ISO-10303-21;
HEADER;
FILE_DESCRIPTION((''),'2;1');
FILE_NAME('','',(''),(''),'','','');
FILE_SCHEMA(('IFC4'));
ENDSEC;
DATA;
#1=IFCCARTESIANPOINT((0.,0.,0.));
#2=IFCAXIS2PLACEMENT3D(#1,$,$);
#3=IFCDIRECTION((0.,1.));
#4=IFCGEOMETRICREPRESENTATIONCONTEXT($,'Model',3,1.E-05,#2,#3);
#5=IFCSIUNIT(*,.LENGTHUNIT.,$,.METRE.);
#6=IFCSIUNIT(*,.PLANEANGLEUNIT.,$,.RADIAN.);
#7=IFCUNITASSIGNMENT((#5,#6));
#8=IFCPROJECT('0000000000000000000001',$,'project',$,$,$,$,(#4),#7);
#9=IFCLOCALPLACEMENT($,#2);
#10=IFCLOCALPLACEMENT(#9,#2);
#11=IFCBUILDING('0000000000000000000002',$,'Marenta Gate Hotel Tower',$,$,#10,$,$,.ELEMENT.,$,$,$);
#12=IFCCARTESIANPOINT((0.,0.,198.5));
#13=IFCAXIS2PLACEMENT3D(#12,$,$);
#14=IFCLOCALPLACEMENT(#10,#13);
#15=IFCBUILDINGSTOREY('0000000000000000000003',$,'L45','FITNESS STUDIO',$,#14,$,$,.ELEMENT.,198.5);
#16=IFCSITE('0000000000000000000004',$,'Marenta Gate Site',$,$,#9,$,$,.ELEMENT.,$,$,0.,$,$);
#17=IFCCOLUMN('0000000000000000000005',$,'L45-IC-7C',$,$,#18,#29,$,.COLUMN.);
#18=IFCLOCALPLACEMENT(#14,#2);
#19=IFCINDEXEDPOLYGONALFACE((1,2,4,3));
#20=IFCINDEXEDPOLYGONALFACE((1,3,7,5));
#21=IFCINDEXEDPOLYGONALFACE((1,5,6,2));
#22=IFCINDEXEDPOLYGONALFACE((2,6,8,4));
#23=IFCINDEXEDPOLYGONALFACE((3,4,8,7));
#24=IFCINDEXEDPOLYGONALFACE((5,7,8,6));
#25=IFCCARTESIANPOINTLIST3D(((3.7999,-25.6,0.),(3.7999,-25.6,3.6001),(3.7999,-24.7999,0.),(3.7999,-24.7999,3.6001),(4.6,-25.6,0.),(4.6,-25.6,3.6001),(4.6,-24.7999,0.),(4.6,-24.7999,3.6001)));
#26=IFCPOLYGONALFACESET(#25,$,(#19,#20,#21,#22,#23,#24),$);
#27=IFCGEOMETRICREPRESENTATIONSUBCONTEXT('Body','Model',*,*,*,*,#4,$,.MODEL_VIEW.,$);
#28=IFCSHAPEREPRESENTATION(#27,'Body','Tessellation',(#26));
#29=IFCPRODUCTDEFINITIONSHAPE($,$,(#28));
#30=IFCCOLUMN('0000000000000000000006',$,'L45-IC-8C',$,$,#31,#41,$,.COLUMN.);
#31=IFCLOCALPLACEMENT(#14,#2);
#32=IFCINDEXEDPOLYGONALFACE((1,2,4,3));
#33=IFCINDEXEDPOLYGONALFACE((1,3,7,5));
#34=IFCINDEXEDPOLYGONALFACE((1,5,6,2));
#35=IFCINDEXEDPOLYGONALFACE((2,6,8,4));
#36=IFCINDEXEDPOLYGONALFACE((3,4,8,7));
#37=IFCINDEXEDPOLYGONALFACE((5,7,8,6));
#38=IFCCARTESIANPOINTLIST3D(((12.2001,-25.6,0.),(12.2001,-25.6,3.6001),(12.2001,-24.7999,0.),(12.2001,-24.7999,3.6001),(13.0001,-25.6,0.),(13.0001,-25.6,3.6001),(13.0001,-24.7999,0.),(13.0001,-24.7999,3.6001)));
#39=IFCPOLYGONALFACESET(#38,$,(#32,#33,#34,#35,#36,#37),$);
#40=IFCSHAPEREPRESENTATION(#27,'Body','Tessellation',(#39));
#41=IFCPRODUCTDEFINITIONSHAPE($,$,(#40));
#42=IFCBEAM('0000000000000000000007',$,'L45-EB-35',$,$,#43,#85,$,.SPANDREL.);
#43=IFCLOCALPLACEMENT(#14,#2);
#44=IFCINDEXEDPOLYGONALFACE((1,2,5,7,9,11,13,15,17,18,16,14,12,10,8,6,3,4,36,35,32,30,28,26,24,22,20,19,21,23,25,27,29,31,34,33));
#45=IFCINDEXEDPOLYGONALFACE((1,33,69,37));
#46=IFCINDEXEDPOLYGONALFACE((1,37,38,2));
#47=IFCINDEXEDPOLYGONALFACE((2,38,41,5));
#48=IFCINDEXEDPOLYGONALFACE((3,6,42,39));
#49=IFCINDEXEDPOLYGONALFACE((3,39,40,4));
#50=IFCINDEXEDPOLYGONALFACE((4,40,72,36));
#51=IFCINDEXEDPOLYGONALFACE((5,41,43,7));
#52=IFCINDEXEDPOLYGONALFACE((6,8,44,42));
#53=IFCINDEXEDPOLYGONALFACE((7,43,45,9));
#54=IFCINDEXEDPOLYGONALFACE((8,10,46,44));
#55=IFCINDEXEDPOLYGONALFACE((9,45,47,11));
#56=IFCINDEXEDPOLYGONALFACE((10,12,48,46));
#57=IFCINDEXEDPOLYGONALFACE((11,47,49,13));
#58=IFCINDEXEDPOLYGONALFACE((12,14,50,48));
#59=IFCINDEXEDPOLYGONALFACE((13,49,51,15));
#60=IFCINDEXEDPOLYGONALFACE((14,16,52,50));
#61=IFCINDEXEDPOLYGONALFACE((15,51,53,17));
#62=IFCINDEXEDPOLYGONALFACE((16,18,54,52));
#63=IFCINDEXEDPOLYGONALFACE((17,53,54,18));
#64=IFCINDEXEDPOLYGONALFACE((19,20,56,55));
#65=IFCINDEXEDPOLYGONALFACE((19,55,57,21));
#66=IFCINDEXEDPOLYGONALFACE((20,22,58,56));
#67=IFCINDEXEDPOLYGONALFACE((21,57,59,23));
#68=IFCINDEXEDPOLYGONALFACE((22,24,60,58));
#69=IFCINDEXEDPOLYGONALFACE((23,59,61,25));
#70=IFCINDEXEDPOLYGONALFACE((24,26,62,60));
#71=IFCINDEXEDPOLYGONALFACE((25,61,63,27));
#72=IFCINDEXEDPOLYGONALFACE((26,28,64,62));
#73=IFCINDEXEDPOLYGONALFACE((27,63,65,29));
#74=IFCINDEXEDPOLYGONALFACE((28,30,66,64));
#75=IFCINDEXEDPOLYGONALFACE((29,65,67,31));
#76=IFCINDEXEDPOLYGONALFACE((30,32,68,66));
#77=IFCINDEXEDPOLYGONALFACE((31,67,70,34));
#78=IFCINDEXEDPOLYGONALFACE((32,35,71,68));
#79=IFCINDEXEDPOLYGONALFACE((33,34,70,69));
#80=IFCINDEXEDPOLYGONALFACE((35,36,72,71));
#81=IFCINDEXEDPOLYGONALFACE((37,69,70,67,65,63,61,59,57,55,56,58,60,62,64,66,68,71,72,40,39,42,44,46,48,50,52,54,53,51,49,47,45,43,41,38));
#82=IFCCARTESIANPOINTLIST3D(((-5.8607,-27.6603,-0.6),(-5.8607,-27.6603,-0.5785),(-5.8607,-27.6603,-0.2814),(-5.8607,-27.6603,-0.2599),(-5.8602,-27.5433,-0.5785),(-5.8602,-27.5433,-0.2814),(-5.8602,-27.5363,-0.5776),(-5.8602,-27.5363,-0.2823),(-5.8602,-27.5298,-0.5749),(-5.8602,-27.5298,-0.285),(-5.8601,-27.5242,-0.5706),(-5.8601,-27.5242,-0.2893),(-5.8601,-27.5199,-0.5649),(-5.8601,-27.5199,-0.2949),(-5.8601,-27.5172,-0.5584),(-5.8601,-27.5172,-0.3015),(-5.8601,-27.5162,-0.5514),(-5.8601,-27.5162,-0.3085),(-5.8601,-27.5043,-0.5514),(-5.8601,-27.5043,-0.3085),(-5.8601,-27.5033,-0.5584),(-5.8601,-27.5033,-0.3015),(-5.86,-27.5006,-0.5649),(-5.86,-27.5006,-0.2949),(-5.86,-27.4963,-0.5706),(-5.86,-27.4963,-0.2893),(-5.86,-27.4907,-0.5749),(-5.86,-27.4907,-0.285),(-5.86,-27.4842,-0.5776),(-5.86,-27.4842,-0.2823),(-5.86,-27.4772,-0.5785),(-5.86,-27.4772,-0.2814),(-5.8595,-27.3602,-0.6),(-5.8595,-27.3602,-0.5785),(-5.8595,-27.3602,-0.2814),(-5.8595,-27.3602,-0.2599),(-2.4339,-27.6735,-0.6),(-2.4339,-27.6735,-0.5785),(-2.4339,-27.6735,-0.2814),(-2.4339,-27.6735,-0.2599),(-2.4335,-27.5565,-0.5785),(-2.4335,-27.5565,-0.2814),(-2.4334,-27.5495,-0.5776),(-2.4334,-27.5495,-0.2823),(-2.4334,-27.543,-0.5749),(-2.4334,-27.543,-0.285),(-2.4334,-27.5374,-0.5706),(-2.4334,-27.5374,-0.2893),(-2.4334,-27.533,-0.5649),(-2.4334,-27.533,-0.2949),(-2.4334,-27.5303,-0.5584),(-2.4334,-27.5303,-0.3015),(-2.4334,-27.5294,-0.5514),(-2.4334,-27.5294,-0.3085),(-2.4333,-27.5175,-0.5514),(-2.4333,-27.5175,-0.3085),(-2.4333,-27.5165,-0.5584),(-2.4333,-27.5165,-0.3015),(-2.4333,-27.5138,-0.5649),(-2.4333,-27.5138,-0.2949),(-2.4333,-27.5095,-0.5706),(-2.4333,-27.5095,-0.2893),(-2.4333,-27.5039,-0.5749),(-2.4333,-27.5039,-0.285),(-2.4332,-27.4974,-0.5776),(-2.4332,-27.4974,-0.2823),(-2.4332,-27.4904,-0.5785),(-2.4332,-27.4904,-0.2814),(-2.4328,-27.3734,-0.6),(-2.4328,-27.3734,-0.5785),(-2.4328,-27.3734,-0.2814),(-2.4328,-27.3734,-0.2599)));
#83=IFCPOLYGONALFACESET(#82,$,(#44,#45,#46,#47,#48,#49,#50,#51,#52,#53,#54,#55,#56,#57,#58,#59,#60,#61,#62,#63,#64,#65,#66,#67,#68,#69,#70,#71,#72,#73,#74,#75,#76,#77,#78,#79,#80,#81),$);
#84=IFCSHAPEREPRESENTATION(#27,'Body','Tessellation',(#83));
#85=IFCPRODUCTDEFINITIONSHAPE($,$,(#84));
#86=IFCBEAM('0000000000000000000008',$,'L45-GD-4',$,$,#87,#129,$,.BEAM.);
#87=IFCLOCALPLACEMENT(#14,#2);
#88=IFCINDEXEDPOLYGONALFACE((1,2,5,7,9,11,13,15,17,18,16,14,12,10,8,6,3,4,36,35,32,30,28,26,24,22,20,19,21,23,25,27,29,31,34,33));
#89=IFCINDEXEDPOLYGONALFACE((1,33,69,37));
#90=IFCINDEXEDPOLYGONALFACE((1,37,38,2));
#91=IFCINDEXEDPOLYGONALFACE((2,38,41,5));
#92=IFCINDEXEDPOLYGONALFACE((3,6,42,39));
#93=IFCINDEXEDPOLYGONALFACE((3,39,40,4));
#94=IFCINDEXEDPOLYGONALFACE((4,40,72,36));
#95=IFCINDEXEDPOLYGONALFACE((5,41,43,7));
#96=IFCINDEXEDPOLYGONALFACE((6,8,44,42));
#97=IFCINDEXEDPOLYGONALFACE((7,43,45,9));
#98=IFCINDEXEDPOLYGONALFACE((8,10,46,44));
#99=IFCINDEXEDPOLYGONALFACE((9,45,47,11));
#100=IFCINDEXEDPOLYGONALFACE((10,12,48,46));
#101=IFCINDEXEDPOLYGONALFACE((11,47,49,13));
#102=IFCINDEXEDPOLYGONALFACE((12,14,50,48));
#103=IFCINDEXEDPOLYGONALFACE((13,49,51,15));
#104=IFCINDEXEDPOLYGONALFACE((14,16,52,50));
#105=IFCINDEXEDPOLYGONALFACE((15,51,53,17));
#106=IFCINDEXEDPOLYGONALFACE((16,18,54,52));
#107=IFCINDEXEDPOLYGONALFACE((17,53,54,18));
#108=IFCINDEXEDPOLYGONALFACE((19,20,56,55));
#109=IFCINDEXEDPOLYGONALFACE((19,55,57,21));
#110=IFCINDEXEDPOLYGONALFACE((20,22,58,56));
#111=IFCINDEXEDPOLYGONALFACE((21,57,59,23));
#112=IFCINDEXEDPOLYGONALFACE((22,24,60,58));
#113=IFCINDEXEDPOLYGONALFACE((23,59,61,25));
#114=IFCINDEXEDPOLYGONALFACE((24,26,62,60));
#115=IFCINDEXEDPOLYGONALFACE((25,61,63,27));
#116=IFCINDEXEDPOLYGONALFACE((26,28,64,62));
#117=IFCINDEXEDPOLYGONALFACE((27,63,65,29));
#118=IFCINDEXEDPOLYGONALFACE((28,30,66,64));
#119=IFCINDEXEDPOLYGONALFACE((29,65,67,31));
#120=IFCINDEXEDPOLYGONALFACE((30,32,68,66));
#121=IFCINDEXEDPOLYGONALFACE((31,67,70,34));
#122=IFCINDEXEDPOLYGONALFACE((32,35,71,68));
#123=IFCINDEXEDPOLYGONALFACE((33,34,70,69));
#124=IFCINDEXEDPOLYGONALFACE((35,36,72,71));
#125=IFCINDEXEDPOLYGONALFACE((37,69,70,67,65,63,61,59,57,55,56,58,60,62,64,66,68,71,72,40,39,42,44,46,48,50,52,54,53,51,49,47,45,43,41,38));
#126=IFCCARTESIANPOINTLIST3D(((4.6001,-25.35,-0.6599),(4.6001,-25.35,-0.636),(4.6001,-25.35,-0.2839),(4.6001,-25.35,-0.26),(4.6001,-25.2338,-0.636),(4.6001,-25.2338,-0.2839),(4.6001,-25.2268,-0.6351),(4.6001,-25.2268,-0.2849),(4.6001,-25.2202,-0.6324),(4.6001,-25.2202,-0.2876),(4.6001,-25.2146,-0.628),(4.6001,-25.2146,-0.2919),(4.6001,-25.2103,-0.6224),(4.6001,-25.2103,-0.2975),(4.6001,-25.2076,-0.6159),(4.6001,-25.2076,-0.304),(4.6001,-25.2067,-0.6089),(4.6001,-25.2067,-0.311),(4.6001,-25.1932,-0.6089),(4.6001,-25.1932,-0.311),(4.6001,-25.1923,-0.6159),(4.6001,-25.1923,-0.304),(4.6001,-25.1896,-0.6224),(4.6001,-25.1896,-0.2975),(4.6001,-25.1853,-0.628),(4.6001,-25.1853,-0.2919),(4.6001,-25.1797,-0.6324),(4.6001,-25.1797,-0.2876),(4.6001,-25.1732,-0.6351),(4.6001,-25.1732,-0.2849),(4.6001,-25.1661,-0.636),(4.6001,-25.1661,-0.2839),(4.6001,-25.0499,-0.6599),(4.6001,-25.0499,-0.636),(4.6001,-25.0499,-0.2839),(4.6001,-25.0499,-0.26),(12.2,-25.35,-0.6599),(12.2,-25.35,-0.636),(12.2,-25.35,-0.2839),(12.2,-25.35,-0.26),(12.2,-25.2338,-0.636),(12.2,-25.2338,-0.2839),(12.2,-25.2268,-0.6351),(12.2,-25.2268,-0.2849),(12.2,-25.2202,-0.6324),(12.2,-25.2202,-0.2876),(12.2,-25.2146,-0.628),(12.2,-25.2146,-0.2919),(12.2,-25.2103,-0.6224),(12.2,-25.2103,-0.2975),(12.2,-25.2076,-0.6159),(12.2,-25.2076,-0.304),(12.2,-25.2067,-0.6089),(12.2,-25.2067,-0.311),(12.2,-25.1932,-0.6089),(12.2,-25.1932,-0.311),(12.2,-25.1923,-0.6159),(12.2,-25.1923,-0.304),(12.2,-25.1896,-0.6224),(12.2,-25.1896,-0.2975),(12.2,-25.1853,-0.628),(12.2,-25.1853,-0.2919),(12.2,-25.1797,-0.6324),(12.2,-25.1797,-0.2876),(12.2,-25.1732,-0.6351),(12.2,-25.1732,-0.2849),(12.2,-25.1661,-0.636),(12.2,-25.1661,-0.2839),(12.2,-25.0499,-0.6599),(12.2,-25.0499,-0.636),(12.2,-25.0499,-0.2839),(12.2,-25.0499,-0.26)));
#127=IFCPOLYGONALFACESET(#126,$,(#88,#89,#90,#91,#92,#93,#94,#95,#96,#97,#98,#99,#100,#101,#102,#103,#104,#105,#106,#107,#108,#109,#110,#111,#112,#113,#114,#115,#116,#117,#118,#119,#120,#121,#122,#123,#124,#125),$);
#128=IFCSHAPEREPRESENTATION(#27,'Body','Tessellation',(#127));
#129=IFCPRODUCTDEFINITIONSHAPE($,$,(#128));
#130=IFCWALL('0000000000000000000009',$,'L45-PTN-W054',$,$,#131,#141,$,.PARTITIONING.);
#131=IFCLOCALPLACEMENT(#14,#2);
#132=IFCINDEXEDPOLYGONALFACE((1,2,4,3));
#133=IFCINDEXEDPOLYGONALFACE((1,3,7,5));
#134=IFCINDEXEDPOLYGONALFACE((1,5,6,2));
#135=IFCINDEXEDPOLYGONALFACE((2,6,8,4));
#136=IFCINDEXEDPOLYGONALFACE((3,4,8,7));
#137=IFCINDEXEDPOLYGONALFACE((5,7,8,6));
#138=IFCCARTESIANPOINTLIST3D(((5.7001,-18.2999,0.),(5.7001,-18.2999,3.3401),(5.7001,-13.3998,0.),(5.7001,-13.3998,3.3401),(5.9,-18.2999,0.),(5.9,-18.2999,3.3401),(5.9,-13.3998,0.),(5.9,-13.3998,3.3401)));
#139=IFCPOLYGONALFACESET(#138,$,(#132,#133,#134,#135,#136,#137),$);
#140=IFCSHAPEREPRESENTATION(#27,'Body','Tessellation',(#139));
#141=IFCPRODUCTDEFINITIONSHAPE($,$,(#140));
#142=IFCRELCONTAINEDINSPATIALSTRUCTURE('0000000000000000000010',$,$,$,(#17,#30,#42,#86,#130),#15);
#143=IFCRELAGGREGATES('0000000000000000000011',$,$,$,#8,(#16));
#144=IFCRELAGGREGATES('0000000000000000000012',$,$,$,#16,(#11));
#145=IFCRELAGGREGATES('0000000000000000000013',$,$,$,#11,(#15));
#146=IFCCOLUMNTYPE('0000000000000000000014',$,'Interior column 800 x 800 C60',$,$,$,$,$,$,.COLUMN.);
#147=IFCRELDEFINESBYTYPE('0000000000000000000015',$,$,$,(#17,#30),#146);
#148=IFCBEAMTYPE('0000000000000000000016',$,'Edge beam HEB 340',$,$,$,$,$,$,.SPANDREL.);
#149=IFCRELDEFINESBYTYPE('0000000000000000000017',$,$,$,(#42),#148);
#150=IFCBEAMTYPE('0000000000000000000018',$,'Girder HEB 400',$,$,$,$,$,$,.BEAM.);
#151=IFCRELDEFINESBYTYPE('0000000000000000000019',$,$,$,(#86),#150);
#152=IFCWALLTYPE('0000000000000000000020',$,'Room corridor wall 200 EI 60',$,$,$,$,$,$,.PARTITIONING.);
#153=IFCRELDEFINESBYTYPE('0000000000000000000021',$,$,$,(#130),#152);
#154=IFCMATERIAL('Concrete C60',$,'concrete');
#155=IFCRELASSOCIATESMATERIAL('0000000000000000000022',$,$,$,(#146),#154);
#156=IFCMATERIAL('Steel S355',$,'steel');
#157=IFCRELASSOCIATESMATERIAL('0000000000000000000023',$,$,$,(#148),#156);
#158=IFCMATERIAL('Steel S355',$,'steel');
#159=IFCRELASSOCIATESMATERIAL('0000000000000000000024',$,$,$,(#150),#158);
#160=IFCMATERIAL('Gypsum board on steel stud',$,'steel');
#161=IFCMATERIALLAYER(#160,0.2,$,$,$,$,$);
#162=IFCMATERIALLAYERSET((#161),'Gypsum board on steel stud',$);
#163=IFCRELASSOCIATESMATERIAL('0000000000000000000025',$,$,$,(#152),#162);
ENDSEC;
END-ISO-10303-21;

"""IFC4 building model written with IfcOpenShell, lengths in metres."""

from ifc_helpers import new_model, si_unit, direction, frame, frame_2d, origin, origin_2d, place, context, subcontext, project, spatial, rectangle, i_section, extrude, material, layer, layer_set, material_profile, profile_set, type_object, element, save


model = new_model("IFC4")

# Units and contexts
model_context = context("Model", 3, precision=1e-05, world=origin(), true_north=direction((0.0, 1.0)))
body_context = subcontext(model_context, "Body", "Model", "MODEL_VIEW")
ifc_project = project(units=[si_unit("LENGTHUNIT", "METRE"), si_unit("PLANEANGLEUNIT", "RADIAN")], contexts=[model_context])

# Site, building, storey
site_placement = place(None, origin())
site = spatial("IfcSite", under=ifc_project, at=site_placement, Name="Marenta Gate Site", CompositionType="ELEMENT", RefElevation=0.0)
building_placement = place(site_placement, origin())
building = spatial("IfcBuilding", under=site, at=building_placement, Name="Marenta Gate Hotel Tower", CompositionType="ELEMENT")
storey_placement = place(building_placement, frame((0.0, 0.0, 198.5)))
storey = spatial("IfcBuildingStorey", under=building, at=storey_placement, Name="L45", Description="FITNESS STUDIO", CompositionType="ELEMENT", Elevation=198.5)

# Columns
ifc_material_1 = material(Name="Concrete C60", Category="concrete")
ifc_material_profile_1 = material_profile(ifc_material_1, rectangle(XDim=0.8, YDim=0.8, at=origin_2d()), Name="800 x 800")
ifc_profile_set_1 = profile_set([ifc_material_profile_1], Name="Concrete C60")
column_type = type_object("IfcColumnType", Name="Interior column 800 x 800 C60", PredefinedType="COLUMN", material=ifc_profile_set_1)
for number, where, z_axis, x_axis, name in (
    (1, (4.2, -25.2, 0.0), (0.0, 0.0, 1.0), (1.0, 0.0, 0.0), "L45-IC-7C"),
    (2, (12.6001, -25.2, 0.0), (0.0, 0.0, 1.0), (1.0, 0.0, 0.0), "L45-IC-8C"),
):
    element("IfcColumn", number, at=place(storey_placement, frame(where, z_axis=z_axis, x_axis=x_axis)), inside=storey, type_object=column_type, Name=name, PredefinedType="COLUMN", context=body_context, shape_type="SweptSolid", body=[
        extrude(rectangle(XDim=0.8, YDim=0.8, at=origin_2d()), origin(), (0.0, 0.0, 1.0), 3.6001),
    ])

# Beams
ifc_material_2 = material(Name="Steel S355", Category="steel")
ifc_material_profile_2 = material_profile(ifc_material_2, i_section(OverallWidth=0.3, OverallDepth=0.3401, WebThickness=0.012, FlangeThickness=0.0215, FilletRadius=0.0271, at=origin_2d()), Name="HEB 340")
ifc_profile_set_2 = profile_set([ifc_material_profile_2], Name="Steel S355")
beam_type_1 = type_object("IfcBeamType", Name="Edge beam HEB 340", PredefinedType="SPANDREL", material=ifc_profile_set_2)
beam_1_placement = place(storey_placement, frame((-2.4333, -27.5234, -0.4299), z_axis=(-0.999993, 0.003847, 0.0), x_axis=(-0.003847, -0.999993, 0.0)))
element("IfcBeam", 3, at=beam_1_placement, inside=storey, type_object=beam_type_1, Name="L45-EB-35", PredefinedType="SPANDREL", context=body_context, shape_type="SweptSolid", body=[
    extrude(i_section(OverallWidth=0.3, OverallDepth=0.3401, WebThickness=0.012, FlangeThickness=0.0215, FilletRadius=0.0271, at=origin_2d()), origin(), (0.0, 0.0, 1.0), 3.4268),
])
ifc_material_3 = material(Name="Steel S355", Category="steel")
ifc_material_profile_3 = material_profile(ifc_material_3, i_section(OverallWidth=0.3, OverallDepth=0.3999, WebThickness=0.0134, FlangeThickness=0.0239, FilletRadius=0.0271, at=origin_2d()), Name="HEB 400")
ifc_profile_set_3 = profile_set([ifc_material_profile_3], Name="Steel S355")
beam_type_2 = type_object("IfcBeamType", Name="Girder HEB 400", PredefinedType="BEAM", material=ifc_profile_set_3)
beam_2_placement = place(storey_placement, frame((4.6001, -25.2, -0.46), z_axis=(1.0, 0.0, 0.0), x_axis=(0.0, 1.0, 0.0)))
element("IfcBeam", 4, at=beam_2_placement, inside=storey, type_object=beam_type_2, Name="L45-GD-4", PredefinedType="BEAM", context=body_context, shape_type="SweptSolid", body=[
    extrude(i_section(OverallWidth=0.3, OverallDepth=0.3999, WebThickness=0.0134, FlangeThickness=0.0239, FilletRadius=0.0271, at=origin_2d()), origin(), (0.0, 0.0, 1.0), 7.5999),
])

# Shared definitions
ifc_material_4 = material(Name="Gypsum board on steel stud", Category="steel")
ifc_layer_1 = layer(ifc_material_4, 0.2)
ifc_layer_set_1 = layer_set([ifc_layer_1], Name="Gypsum board on steel stud")
wall_type_1 = type_object("IfcWallType", Name="Room corridor wall 200 EI 60", PredefinedType="PARTITIONING", material=ifc_layer_set_1)

# Wall
wall_1_placement = place(storey_placement, frame((5.8, -18.3, 0.0), z_axis=(0.0, 0.0, 1.0), x_axis=(0.0, 1.0, 0.0)))
element("IfcWall", 5, at=wall_1_placement, inside=storey, type_object=wall_type_1, Name="L45-PTN-W054", PredefinedType="PARTITIONING", context=body_context, shape_type="SweptSolid", body=[
    extrude(rectangle(XDim=4.9001, YDim=0.2, at=frame_2d((2.4502, 0.0))), origin(), (0.0, 0.0, 1.0), 3.3401),
])

save(model, "model.ifc")
